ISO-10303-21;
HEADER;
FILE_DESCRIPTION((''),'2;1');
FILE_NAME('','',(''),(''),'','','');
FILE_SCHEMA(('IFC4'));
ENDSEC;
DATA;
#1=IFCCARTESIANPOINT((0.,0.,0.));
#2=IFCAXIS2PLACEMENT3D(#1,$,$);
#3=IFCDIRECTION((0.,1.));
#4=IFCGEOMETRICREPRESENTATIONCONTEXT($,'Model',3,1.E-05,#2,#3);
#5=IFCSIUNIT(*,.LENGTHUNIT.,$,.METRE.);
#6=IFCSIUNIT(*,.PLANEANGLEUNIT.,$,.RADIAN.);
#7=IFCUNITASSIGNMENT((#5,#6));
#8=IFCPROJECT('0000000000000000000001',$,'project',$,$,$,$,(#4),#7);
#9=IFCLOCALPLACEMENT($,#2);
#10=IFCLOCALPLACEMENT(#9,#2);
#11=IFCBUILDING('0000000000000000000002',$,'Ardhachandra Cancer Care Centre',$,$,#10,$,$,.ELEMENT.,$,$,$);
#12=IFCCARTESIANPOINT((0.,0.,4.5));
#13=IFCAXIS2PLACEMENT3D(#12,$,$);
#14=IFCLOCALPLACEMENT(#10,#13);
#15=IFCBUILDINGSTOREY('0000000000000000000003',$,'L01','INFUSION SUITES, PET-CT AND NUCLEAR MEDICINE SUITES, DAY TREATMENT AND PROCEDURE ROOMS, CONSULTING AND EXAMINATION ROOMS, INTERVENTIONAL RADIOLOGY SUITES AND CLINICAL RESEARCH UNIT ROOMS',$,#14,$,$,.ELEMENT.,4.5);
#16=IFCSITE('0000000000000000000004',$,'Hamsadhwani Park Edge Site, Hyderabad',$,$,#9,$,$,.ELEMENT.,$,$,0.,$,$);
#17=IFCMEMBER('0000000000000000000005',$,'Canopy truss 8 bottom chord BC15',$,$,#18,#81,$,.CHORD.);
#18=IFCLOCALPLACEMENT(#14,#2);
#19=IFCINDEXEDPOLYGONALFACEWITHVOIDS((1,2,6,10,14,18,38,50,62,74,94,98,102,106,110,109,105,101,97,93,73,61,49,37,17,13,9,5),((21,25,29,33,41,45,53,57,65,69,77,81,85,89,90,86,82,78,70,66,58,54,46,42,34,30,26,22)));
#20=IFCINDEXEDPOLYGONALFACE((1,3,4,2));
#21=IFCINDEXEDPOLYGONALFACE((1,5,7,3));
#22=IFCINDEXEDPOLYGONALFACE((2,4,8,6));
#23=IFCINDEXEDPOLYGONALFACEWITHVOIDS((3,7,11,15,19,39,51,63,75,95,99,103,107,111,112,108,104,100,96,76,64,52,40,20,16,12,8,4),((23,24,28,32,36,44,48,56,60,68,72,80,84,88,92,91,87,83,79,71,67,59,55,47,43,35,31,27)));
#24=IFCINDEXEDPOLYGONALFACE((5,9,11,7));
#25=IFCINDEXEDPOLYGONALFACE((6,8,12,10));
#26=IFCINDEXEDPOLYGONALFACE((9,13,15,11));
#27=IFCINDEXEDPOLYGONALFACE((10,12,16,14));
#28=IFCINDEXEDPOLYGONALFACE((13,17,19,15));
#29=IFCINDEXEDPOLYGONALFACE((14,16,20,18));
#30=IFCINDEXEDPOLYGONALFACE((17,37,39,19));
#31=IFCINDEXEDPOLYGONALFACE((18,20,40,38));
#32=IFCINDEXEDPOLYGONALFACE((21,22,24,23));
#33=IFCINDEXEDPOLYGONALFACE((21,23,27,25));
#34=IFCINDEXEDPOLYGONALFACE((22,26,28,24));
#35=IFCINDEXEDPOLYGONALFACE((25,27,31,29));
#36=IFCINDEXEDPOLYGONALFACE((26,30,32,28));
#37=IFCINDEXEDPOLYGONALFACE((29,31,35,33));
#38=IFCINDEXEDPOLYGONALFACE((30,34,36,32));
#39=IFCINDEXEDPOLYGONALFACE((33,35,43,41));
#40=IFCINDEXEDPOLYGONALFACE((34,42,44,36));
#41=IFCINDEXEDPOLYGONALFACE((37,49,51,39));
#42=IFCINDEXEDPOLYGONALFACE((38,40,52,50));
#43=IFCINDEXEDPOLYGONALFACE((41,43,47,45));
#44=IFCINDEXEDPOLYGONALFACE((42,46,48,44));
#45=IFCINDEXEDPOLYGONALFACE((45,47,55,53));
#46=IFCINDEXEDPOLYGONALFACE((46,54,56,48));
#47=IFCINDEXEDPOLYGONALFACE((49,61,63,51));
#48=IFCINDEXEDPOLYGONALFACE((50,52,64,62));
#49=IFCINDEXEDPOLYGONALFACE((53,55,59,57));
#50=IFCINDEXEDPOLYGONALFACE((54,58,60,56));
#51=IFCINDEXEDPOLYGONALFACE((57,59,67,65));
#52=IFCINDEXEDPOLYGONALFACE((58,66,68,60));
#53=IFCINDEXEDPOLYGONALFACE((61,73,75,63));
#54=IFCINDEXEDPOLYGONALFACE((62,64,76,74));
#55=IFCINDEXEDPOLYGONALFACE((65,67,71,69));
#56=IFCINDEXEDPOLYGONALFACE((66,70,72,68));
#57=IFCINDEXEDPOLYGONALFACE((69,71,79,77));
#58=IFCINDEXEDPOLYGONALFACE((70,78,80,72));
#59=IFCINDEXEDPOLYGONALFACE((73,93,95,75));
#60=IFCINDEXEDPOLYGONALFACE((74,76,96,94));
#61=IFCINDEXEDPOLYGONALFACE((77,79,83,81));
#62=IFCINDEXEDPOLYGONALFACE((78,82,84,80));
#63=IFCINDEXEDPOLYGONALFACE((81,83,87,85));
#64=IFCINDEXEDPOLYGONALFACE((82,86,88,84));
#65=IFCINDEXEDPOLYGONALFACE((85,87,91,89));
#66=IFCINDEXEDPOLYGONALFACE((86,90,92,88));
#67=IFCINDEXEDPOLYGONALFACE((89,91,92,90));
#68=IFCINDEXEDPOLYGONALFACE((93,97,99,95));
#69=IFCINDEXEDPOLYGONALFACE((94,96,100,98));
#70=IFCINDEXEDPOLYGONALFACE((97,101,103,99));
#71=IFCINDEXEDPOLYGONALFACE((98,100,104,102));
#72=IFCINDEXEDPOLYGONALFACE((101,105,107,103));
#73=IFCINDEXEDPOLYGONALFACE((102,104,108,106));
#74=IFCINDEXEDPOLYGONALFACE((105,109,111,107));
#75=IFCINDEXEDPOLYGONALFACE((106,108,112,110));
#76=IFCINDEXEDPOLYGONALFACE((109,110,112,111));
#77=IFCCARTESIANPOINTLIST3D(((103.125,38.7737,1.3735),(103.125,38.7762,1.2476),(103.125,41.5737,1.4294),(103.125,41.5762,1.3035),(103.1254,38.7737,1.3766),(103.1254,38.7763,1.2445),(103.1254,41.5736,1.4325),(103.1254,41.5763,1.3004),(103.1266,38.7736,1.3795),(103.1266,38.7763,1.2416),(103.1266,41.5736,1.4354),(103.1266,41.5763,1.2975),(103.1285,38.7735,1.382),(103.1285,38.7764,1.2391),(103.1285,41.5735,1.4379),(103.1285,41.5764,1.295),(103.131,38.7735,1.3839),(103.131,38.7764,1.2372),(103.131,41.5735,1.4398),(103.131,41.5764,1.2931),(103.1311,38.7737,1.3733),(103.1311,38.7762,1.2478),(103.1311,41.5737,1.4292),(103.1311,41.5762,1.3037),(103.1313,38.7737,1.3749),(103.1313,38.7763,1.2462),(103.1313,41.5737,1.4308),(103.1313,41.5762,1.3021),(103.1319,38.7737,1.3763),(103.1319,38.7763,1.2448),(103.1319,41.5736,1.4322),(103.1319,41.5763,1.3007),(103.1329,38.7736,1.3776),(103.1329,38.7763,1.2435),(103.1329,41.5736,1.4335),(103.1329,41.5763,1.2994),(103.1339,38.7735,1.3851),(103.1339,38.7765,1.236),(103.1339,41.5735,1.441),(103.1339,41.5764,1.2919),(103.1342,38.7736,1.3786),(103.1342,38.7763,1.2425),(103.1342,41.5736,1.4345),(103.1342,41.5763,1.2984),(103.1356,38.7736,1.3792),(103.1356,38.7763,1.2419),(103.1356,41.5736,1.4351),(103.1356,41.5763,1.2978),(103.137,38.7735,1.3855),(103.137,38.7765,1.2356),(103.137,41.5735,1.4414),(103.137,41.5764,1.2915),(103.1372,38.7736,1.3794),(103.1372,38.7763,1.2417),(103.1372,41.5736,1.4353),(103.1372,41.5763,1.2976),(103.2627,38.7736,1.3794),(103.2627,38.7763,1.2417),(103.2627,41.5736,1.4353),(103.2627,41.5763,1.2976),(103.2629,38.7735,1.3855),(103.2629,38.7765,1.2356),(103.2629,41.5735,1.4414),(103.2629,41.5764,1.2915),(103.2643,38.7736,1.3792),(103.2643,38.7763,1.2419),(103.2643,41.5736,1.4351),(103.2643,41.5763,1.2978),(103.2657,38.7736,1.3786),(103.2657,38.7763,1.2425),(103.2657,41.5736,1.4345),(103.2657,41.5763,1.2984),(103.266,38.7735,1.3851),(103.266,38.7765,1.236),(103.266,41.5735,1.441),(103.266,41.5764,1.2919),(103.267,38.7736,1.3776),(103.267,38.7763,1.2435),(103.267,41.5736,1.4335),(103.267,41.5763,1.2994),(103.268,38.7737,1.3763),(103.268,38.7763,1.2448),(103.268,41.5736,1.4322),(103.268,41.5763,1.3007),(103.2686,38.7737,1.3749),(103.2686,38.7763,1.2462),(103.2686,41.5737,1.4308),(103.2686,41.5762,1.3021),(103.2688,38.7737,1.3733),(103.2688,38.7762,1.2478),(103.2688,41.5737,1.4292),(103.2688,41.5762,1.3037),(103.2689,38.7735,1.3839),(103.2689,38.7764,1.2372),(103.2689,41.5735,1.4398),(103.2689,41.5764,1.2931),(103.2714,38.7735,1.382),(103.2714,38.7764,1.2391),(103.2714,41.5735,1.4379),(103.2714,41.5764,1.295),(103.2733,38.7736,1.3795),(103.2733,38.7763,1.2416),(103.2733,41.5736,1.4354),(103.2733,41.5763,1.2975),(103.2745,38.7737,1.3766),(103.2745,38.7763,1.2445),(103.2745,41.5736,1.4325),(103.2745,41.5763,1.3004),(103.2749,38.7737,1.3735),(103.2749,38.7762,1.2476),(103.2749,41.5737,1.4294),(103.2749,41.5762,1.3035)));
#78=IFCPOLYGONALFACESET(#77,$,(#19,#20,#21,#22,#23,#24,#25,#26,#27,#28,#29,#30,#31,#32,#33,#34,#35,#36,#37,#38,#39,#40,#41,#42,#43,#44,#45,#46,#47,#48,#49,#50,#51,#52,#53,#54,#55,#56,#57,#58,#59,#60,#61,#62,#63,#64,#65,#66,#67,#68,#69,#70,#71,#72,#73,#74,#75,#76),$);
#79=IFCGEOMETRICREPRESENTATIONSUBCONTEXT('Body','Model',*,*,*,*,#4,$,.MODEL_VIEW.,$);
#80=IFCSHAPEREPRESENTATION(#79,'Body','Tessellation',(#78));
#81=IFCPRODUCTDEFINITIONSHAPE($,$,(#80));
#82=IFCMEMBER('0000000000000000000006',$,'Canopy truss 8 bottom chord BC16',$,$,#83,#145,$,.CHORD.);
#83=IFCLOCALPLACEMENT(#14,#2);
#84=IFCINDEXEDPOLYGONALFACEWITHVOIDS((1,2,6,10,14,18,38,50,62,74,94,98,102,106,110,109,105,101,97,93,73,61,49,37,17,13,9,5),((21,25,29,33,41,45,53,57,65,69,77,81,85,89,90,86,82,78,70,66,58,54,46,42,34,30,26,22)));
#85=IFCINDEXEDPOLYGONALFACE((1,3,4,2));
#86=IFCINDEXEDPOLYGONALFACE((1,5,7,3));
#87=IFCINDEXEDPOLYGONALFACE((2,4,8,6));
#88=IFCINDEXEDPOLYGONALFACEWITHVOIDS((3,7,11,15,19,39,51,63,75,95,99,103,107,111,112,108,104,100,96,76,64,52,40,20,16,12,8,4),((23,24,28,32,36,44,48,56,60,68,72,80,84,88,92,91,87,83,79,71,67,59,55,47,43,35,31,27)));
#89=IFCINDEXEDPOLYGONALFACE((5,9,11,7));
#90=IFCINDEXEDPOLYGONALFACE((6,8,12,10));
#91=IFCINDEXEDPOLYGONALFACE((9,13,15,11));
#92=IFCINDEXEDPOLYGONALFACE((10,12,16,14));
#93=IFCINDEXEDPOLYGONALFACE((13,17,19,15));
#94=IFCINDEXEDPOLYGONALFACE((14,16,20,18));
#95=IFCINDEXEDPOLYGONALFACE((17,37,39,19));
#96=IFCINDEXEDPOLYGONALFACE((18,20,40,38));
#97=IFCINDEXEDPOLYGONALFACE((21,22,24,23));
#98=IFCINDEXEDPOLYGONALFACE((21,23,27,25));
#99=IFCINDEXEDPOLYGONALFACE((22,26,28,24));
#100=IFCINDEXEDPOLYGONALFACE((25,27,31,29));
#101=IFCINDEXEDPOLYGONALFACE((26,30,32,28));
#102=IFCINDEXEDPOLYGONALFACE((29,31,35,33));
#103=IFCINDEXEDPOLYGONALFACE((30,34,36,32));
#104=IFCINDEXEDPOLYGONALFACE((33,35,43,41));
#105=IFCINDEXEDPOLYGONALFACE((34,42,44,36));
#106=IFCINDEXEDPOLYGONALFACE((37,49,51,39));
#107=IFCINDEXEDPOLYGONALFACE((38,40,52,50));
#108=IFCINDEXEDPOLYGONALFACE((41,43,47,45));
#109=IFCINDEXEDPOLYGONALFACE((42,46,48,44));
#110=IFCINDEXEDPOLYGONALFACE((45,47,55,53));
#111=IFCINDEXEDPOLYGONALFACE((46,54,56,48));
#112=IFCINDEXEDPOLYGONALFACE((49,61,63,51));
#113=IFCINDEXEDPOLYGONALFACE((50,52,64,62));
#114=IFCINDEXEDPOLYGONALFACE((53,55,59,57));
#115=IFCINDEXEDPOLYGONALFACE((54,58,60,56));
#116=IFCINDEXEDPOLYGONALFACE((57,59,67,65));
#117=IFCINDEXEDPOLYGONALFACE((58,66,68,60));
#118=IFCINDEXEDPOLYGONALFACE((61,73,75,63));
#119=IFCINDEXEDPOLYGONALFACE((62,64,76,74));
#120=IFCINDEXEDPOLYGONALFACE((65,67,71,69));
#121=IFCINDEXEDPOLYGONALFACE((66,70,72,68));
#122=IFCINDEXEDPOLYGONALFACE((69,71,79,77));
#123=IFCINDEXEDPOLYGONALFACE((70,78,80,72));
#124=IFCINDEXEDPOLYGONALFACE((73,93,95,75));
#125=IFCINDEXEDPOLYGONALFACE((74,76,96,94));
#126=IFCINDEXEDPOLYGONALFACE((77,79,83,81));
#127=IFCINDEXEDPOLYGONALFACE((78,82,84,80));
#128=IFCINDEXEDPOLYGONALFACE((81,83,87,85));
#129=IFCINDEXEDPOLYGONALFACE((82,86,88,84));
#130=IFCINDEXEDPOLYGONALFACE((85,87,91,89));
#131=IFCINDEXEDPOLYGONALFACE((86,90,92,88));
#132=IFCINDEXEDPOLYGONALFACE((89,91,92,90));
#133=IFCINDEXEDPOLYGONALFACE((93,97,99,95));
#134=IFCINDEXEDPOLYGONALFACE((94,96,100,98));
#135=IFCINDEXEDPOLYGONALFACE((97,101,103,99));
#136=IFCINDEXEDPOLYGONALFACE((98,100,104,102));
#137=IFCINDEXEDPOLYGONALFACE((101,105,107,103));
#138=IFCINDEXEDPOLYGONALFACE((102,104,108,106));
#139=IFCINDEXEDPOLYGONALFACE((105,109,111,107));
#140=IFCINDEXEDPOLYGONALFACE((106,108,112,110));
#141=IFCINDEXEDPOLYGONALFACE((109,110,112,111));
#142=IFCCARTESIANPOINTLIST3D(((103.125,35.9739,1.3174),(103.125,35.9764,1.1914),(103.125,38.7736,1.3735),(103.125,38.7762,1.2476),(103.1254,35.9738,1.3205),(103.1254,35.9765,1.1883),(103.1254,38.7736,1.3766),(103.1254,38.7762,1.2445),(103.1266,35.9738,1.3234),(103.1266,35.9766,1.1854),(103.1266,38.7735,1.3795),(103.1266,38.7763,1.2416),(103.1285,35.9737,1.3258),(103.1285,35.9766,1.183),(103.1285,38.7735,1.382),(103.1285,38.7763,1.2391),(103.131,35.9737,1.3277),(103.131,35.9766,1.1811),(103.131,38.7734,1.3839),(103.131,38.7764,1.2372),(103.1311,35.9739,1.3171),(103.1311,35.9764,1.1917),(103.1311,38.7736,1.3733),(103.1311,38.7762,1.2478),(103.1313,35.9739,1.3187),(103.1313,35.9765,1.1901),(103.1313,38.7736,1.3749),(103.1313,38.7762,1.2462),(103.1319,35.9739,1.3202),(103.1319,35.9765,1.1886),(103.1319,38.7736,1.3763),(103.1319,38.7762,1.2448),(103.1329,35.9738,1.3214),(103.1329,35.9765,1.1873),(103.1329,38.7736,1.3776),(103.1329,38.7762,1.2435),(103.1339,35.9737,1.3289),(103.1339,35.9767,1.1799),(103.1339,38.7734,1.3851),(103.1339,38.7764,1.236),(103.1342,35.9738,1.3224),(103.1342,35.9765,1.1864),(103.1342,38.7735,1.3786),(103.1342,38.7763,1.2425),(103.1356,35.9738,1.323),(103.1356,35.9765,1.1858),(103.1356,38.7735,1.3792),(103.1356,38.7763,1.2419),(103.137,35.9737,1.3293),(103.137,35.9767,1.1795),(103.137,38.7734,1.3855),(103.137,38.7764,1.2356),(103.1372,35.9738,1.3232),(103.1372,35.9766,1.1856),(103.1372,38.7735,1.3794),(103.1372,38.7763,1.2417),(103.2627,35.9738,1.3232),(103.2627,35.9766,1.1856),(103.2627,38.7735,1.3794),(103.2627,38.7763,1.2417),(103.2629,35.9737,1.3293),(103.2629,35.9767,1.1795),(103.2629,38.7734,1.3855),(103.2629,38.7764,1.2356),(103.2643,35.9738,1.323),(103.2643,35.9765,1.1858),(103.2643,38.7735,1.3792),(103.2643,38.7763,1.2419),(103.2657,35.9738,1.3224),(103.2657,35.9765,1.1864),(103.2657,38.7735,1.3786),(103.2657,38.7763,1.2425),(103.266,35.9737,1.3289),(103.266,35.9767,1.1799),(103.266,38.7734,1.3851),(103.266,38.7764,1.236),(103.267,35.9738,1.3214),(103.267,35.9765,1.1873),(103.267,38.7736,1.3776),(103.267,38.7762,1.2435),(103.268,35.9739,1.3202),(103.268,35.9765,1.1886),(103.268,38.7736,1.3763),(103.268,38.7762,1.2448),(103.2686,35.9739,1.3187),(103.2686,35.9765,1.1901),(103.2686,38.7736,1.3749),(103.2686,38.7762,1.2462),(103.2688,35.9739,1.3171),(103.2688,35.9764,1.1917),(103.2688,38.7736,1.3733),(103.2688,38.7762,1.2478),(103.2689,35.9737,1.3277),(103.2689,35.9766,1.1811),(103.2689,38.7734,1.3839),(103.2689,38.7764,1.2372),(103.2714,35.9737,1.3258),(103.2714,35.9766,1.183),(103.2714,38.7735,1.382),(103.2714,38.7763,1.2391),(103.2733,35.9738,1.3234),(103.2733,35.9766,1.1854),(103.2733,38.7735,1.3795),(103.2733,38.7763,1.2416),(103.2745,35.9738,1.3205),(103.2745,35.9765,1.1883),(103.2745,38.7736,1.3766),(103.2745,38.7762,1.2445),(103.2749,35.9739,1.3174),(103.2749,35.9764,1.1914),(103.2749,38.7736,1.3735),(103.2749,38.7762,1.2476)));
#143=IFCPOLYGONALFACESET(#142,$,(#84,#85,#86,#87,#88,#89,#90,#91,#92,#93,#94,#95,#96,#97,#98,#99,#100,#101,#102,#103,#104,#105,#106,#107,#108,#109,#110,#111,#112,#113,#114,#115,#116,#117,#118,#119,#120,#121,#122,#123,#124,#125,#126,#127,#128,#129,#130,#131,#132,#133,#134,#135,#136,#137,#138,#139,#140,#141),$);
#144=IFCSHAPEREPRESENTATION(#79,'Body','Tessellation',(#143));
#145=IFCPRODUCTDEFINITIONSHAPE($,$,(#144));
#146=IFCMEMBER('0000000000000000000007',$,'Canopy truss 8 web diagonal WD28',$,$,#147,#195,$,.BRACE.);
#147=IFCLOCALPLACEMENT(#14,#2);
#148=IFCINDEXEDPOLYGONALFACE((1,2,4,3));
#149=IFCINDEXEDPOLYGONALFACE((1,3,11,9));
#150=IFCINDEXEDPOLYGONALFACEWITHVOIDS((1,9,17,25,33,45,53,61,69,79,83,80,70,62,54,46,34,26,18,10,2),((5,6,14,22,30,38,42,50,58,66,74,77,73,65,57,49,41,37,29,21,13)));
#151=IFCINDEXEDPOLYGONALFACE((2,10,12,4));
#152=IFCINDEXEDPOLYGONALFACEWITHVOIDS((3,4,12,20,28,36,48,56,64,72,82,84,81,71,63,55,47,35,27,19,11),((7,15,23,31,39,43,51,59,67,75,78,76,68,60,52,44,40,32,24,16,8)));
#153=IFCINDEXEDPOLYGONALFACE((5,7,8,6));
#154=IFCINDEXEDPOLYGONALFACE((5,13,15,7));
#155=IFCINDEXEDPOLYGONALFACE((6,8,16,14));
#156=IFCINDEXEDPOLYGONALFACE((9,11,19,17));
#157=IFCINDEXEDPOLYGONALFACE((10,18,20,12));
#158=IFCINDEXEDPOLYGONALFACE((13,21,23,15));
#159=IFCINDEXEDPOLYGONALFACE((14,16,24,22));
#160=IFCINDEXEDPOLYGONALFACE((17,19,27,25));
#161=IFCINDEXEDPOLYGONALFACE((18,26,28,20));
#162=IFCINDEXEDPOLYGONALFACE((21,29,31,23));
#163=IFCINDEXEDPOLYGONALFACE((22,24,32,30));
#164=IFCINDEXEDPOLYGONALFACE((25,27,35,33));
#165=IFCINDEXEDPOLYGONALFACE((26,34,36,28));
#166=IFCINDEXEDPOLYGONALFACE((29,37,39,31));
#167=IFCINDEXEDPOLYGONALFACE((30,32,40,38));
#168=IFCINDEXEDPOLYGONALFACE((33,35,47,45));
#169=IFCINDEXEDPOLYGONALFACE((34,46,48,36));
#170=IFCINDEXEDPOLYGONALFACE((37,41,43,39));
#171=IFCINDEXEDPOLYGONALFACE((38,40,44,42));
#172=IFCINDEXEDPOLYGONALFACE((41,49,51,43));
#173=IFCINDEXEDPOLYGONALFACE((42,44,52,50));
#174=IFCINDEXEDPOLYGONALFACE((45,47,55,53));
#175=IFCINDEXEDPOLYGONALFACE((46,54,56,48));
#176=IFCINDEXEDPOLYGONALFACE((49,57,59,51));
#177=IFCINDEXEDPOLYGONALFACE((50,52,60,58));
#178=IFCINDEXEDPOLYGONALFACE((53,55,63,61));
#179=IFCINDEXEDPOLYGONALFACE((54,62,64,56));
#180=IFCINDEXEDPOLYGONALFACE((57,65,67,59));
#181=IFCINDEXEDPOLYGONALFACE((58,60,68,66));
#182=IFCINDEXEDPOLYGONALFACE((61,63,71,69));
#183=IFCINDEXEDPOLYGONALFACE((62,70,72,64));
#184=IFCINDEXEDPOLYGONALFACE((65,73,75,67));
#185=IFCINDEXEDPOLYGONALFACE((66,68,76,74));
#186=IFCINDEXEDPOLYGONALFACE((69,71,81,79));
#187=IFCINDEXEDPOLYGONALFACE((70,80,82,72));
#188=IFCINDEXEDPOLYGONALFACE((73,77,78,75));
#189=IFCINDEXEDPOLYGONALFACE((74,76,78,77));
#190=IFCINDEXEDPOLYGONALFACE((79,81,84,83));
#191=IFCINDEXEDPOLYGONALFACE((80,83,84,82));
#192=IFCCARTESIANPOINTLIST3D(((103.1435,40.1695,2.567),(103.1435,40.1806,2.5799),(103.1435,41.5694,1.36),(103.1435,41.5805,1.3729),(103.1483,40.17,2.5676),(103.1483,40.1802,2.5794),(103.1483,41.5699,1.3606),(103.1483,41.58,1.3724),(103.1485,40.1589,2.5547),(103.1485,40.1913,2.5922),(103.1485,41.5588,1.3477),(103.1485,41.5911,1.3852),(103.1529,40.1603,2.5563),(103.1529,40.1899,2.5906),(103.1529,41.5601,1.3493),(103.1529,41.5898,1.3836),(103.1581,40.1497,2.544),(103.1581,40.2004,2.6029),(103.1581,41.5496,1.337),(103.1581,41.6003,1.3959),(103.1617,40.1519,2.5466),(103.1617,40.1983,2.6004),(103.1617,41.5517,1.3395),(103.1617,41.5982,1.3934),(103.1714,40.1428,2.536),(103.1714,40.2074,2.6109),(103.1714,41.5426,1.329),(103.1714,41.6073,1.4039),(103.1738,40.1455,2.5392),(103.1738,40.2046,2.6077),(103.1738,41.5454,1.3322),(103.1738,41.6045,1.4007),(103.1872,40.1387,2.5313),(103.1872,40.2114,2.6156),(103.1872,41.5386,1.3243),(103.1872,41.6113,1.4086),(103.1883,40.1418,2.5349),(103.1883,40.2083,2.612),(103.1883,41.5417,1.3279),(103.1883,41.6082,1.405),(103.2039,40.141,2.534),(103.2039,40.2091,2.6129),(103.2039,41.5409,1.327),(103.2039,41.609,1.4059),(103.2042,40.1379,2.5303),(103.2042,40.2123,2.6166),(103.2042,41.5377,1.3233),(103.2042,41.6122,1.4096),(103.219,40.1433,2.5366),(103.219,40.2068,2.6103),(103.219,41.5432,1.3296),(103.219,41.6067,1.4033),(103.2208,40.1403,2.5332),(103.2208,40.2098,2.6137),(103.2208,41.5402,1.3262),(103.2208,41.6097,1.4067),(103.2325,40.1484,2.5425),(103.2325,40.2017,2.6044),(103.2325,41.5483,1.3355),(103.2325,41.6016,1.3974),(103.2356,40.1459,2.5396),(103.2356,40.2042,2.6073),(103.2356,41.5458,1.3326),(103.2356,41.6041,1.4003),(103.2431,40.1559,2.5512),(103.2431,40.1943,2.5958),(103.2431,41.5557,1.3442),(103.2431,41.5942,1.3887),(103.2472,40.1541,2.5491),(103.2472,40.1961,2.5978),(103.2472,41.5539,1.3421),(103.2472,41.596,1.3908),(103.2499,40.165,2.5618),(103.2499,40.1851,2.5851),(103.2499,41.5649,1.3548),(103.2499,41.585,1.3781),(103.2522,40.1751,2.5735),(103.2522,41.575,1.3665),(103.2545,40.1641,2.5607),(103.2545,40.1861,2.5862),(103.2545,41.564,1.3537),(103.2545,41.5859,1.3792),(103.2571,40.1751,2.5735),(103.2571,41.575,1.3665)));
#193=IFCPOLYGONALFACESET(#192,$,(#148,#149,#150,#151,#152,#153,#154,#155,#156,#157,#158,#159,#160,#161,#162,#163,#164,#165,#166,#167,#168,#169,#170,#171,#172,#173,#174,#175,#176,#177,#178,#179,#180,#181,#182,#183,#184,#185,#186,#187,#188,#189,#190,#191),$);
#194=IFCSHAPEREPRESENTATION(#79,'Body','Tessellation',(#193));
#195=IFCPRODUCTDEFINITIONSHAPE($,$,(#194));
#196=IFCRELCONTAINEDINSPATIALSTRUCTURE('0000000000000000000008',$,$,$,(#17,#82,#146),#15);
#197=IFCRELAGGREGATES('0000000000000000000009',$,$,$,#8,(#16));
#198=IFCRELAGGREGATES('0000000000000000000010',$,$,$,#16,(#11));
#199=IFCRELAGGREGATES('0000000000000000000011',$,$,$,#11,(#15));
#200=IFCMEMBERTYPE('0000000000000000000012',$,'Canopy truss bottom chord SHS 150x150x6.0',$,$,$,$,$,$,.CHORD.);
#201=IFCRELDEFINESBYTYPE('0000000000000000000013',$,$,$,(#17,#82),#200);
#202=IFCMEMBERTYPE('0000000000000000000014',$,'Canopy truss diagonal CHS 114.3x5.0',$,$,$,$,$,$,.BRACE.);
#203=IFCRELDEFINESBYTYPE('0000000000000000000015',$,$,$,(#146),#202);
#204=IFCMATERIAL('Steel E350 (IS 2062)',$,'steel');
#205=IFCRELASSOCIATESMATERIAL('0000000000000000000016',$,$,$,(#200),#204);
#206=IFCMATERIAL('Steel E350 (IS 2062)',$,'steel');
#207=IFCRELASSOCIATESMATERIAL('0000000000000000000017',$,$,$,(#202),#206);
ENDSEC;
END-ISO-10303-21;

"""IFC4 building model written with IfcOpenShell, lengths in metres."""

from ifc_helpers import new_model, si_unit, direction, frame, origin, origin_2d, place, context, subcontext, project, spatial, hollow_rectangle, hollow_circle, extrude, material, material_profile, profile_set, type_object, element, save


model = new_model("IFC4")

# Units and contexts
model_context = context("Model", 3, precision=1e-05, world=origin(), true_north=direction((0.0, 1.0)))
body_context = subcontext(model_context, "Body", "Model", "MODEL_VIEW")
ifc_project = project(units=[si_unit("LENGTHUNIT", "METRE"), si_unit("PLANEANGLEUNIT", "RADIAN")], contexts=[model_context])

# Site, building, storey
site_placement = place(None, origin())
site = spatial("IfcSite", under=ifc_project, at=site_placement, Name="Hamsadhwani Park Edge Site, Hyderabad", CompositionType="ELEMENT", RefElevation=0.0)
building_placement = place(site_placement, origin())
building = spatial("IfcBuilding", under=site, at=building_placement, Name="Ardhachandra Cancer Care Centre", CompositionType="ELEMENT")
storey_placement = place(building_placement, frame((0.0, 0.0, 4.5)))
storey = spatial("IfcBuildingStorey", under=building, at=storey_placement, Name="L01", Description="INFUSION SUITES, PET-CT AND NUCLEAR MEDICINE SUITES, DAY TREATMENT AND PROCEDURE ROOMS, CONSULTING AND EXAMINATION ROOMS, INTERVENTIONAL RADIOLOGY SUITES AND CLINICAL RESEARCH UNIT ROOMS", CompositionType="ELEMENT", Elevation=4.5)

# Members
ifc_material_1 = material(Name="Steel E350 (IS 2062)", Category="steel")
ifc_material_profile_1 = material_profile(ifc_material_1, hollow_rectangle(XDim=0.1499, YDim=0.1499, WallThickness=0.0061, InnerFilletRadius=0.0061, OuterFilletRadius=0.012, at=origin_2d()), Name="SHS 150x150x6.0")
ifc_profile_set_1 = profile_set([ifc_material_profile_1], Name="Steel E350 (IS 2062)")
member_type_1 = type_object("IfcMemberType", Name="Canopy truss bottom chord SHS 150x150x6.0", PredefinedType="CHORD", material=ifc_profile_set_1)
member_1_placement = place(storey_placement, frame((103.2, 41.575, 1.3665), z_axis=(0.0, -0.999801, -0.019963), x_axis=(1.0, 0.0, 0.0)))
element("IfcMember", 1, at=member_1_placement, inside=storey, type_object=member_type_1, Name="Canopy truss 8 bottom chord BC15", PredefinedType="CHORD", context=body_context, shape_type="SweptSolid", body=[
    extrude(hollow_rectangle(XDim=0.1499, YDim=0.1499, WallThickness=0.0061, InnerFilletRadius=0.0061, OuterFilletRadius=0.012, at=origin_2d()), origin(), (0.0, 0.0, 1.0), 2.8005),
])
member_2_placement = place(storey_placement, frame((103.2, 38.7749, 1.3105), z_axis=(0.0, -0.999799, -0.020052), x_axis=(1.0, 0.0, 0.0)))
element("IfcMember", 2, at=member_2_placement, inside=storey, type_object=member_type_1, Name="Canopy truss 8 bottom chord BC16", PredefinedType="CHORD", context=body_context, shape_type="SweptSolid", body=[
    extrude(hollow_rectangle(XDim=0.1499, YDim=0.1499, WallThickness=0.0061, InnerFilletRadius=0.0061, OuterFilletRadius=0.012, at=origin_2d()), origin(), (0.0, 0.0, 1.0), 2.8003),
])
ifc_material_2 = material(Name="Steel E350 (IS 2062)", Category="steel")
ifc_material_profile_2 = material_profile(ifc_material_2, hollow_circle(Radius=0.0571, WallThickness=0.0049, at=origin_2d()), Name="CHS 114.3x5.0")
ifc_profile_set_2 = profile_set([ifc_material_profile_2], Name="Steel E350 (IS 2062)")
member_type_2 = type_object("IfcMemberType", Name="Canopy truss diagonal CHS 114.3x5.0", PredefinedType="BRACE", material=ifc_profile_set_2)
member_3_placement = place(storey_placement, frame((103.2, 41.575, 1.3665), z_axis=(0.0, -0.757351, 0.653008), x_axis=(1.0, 0.0, 0.0)))
element("IfcMember", 3, at=member_3_placement, inside=storey, type_object=member_type_2, Name="Canopy truss 8 web diagonal WD28", PredefinedType="BRACE", context=body_context, shape_type="SweptSolid", body=[
    extrude(hollow_circle(Radius=0.0571, WallThickness=0.0049, at=origin_2d()), origin(), (0.0, 0.0, 1.0), 1.8484),
])

save(model, "model.ifc")
